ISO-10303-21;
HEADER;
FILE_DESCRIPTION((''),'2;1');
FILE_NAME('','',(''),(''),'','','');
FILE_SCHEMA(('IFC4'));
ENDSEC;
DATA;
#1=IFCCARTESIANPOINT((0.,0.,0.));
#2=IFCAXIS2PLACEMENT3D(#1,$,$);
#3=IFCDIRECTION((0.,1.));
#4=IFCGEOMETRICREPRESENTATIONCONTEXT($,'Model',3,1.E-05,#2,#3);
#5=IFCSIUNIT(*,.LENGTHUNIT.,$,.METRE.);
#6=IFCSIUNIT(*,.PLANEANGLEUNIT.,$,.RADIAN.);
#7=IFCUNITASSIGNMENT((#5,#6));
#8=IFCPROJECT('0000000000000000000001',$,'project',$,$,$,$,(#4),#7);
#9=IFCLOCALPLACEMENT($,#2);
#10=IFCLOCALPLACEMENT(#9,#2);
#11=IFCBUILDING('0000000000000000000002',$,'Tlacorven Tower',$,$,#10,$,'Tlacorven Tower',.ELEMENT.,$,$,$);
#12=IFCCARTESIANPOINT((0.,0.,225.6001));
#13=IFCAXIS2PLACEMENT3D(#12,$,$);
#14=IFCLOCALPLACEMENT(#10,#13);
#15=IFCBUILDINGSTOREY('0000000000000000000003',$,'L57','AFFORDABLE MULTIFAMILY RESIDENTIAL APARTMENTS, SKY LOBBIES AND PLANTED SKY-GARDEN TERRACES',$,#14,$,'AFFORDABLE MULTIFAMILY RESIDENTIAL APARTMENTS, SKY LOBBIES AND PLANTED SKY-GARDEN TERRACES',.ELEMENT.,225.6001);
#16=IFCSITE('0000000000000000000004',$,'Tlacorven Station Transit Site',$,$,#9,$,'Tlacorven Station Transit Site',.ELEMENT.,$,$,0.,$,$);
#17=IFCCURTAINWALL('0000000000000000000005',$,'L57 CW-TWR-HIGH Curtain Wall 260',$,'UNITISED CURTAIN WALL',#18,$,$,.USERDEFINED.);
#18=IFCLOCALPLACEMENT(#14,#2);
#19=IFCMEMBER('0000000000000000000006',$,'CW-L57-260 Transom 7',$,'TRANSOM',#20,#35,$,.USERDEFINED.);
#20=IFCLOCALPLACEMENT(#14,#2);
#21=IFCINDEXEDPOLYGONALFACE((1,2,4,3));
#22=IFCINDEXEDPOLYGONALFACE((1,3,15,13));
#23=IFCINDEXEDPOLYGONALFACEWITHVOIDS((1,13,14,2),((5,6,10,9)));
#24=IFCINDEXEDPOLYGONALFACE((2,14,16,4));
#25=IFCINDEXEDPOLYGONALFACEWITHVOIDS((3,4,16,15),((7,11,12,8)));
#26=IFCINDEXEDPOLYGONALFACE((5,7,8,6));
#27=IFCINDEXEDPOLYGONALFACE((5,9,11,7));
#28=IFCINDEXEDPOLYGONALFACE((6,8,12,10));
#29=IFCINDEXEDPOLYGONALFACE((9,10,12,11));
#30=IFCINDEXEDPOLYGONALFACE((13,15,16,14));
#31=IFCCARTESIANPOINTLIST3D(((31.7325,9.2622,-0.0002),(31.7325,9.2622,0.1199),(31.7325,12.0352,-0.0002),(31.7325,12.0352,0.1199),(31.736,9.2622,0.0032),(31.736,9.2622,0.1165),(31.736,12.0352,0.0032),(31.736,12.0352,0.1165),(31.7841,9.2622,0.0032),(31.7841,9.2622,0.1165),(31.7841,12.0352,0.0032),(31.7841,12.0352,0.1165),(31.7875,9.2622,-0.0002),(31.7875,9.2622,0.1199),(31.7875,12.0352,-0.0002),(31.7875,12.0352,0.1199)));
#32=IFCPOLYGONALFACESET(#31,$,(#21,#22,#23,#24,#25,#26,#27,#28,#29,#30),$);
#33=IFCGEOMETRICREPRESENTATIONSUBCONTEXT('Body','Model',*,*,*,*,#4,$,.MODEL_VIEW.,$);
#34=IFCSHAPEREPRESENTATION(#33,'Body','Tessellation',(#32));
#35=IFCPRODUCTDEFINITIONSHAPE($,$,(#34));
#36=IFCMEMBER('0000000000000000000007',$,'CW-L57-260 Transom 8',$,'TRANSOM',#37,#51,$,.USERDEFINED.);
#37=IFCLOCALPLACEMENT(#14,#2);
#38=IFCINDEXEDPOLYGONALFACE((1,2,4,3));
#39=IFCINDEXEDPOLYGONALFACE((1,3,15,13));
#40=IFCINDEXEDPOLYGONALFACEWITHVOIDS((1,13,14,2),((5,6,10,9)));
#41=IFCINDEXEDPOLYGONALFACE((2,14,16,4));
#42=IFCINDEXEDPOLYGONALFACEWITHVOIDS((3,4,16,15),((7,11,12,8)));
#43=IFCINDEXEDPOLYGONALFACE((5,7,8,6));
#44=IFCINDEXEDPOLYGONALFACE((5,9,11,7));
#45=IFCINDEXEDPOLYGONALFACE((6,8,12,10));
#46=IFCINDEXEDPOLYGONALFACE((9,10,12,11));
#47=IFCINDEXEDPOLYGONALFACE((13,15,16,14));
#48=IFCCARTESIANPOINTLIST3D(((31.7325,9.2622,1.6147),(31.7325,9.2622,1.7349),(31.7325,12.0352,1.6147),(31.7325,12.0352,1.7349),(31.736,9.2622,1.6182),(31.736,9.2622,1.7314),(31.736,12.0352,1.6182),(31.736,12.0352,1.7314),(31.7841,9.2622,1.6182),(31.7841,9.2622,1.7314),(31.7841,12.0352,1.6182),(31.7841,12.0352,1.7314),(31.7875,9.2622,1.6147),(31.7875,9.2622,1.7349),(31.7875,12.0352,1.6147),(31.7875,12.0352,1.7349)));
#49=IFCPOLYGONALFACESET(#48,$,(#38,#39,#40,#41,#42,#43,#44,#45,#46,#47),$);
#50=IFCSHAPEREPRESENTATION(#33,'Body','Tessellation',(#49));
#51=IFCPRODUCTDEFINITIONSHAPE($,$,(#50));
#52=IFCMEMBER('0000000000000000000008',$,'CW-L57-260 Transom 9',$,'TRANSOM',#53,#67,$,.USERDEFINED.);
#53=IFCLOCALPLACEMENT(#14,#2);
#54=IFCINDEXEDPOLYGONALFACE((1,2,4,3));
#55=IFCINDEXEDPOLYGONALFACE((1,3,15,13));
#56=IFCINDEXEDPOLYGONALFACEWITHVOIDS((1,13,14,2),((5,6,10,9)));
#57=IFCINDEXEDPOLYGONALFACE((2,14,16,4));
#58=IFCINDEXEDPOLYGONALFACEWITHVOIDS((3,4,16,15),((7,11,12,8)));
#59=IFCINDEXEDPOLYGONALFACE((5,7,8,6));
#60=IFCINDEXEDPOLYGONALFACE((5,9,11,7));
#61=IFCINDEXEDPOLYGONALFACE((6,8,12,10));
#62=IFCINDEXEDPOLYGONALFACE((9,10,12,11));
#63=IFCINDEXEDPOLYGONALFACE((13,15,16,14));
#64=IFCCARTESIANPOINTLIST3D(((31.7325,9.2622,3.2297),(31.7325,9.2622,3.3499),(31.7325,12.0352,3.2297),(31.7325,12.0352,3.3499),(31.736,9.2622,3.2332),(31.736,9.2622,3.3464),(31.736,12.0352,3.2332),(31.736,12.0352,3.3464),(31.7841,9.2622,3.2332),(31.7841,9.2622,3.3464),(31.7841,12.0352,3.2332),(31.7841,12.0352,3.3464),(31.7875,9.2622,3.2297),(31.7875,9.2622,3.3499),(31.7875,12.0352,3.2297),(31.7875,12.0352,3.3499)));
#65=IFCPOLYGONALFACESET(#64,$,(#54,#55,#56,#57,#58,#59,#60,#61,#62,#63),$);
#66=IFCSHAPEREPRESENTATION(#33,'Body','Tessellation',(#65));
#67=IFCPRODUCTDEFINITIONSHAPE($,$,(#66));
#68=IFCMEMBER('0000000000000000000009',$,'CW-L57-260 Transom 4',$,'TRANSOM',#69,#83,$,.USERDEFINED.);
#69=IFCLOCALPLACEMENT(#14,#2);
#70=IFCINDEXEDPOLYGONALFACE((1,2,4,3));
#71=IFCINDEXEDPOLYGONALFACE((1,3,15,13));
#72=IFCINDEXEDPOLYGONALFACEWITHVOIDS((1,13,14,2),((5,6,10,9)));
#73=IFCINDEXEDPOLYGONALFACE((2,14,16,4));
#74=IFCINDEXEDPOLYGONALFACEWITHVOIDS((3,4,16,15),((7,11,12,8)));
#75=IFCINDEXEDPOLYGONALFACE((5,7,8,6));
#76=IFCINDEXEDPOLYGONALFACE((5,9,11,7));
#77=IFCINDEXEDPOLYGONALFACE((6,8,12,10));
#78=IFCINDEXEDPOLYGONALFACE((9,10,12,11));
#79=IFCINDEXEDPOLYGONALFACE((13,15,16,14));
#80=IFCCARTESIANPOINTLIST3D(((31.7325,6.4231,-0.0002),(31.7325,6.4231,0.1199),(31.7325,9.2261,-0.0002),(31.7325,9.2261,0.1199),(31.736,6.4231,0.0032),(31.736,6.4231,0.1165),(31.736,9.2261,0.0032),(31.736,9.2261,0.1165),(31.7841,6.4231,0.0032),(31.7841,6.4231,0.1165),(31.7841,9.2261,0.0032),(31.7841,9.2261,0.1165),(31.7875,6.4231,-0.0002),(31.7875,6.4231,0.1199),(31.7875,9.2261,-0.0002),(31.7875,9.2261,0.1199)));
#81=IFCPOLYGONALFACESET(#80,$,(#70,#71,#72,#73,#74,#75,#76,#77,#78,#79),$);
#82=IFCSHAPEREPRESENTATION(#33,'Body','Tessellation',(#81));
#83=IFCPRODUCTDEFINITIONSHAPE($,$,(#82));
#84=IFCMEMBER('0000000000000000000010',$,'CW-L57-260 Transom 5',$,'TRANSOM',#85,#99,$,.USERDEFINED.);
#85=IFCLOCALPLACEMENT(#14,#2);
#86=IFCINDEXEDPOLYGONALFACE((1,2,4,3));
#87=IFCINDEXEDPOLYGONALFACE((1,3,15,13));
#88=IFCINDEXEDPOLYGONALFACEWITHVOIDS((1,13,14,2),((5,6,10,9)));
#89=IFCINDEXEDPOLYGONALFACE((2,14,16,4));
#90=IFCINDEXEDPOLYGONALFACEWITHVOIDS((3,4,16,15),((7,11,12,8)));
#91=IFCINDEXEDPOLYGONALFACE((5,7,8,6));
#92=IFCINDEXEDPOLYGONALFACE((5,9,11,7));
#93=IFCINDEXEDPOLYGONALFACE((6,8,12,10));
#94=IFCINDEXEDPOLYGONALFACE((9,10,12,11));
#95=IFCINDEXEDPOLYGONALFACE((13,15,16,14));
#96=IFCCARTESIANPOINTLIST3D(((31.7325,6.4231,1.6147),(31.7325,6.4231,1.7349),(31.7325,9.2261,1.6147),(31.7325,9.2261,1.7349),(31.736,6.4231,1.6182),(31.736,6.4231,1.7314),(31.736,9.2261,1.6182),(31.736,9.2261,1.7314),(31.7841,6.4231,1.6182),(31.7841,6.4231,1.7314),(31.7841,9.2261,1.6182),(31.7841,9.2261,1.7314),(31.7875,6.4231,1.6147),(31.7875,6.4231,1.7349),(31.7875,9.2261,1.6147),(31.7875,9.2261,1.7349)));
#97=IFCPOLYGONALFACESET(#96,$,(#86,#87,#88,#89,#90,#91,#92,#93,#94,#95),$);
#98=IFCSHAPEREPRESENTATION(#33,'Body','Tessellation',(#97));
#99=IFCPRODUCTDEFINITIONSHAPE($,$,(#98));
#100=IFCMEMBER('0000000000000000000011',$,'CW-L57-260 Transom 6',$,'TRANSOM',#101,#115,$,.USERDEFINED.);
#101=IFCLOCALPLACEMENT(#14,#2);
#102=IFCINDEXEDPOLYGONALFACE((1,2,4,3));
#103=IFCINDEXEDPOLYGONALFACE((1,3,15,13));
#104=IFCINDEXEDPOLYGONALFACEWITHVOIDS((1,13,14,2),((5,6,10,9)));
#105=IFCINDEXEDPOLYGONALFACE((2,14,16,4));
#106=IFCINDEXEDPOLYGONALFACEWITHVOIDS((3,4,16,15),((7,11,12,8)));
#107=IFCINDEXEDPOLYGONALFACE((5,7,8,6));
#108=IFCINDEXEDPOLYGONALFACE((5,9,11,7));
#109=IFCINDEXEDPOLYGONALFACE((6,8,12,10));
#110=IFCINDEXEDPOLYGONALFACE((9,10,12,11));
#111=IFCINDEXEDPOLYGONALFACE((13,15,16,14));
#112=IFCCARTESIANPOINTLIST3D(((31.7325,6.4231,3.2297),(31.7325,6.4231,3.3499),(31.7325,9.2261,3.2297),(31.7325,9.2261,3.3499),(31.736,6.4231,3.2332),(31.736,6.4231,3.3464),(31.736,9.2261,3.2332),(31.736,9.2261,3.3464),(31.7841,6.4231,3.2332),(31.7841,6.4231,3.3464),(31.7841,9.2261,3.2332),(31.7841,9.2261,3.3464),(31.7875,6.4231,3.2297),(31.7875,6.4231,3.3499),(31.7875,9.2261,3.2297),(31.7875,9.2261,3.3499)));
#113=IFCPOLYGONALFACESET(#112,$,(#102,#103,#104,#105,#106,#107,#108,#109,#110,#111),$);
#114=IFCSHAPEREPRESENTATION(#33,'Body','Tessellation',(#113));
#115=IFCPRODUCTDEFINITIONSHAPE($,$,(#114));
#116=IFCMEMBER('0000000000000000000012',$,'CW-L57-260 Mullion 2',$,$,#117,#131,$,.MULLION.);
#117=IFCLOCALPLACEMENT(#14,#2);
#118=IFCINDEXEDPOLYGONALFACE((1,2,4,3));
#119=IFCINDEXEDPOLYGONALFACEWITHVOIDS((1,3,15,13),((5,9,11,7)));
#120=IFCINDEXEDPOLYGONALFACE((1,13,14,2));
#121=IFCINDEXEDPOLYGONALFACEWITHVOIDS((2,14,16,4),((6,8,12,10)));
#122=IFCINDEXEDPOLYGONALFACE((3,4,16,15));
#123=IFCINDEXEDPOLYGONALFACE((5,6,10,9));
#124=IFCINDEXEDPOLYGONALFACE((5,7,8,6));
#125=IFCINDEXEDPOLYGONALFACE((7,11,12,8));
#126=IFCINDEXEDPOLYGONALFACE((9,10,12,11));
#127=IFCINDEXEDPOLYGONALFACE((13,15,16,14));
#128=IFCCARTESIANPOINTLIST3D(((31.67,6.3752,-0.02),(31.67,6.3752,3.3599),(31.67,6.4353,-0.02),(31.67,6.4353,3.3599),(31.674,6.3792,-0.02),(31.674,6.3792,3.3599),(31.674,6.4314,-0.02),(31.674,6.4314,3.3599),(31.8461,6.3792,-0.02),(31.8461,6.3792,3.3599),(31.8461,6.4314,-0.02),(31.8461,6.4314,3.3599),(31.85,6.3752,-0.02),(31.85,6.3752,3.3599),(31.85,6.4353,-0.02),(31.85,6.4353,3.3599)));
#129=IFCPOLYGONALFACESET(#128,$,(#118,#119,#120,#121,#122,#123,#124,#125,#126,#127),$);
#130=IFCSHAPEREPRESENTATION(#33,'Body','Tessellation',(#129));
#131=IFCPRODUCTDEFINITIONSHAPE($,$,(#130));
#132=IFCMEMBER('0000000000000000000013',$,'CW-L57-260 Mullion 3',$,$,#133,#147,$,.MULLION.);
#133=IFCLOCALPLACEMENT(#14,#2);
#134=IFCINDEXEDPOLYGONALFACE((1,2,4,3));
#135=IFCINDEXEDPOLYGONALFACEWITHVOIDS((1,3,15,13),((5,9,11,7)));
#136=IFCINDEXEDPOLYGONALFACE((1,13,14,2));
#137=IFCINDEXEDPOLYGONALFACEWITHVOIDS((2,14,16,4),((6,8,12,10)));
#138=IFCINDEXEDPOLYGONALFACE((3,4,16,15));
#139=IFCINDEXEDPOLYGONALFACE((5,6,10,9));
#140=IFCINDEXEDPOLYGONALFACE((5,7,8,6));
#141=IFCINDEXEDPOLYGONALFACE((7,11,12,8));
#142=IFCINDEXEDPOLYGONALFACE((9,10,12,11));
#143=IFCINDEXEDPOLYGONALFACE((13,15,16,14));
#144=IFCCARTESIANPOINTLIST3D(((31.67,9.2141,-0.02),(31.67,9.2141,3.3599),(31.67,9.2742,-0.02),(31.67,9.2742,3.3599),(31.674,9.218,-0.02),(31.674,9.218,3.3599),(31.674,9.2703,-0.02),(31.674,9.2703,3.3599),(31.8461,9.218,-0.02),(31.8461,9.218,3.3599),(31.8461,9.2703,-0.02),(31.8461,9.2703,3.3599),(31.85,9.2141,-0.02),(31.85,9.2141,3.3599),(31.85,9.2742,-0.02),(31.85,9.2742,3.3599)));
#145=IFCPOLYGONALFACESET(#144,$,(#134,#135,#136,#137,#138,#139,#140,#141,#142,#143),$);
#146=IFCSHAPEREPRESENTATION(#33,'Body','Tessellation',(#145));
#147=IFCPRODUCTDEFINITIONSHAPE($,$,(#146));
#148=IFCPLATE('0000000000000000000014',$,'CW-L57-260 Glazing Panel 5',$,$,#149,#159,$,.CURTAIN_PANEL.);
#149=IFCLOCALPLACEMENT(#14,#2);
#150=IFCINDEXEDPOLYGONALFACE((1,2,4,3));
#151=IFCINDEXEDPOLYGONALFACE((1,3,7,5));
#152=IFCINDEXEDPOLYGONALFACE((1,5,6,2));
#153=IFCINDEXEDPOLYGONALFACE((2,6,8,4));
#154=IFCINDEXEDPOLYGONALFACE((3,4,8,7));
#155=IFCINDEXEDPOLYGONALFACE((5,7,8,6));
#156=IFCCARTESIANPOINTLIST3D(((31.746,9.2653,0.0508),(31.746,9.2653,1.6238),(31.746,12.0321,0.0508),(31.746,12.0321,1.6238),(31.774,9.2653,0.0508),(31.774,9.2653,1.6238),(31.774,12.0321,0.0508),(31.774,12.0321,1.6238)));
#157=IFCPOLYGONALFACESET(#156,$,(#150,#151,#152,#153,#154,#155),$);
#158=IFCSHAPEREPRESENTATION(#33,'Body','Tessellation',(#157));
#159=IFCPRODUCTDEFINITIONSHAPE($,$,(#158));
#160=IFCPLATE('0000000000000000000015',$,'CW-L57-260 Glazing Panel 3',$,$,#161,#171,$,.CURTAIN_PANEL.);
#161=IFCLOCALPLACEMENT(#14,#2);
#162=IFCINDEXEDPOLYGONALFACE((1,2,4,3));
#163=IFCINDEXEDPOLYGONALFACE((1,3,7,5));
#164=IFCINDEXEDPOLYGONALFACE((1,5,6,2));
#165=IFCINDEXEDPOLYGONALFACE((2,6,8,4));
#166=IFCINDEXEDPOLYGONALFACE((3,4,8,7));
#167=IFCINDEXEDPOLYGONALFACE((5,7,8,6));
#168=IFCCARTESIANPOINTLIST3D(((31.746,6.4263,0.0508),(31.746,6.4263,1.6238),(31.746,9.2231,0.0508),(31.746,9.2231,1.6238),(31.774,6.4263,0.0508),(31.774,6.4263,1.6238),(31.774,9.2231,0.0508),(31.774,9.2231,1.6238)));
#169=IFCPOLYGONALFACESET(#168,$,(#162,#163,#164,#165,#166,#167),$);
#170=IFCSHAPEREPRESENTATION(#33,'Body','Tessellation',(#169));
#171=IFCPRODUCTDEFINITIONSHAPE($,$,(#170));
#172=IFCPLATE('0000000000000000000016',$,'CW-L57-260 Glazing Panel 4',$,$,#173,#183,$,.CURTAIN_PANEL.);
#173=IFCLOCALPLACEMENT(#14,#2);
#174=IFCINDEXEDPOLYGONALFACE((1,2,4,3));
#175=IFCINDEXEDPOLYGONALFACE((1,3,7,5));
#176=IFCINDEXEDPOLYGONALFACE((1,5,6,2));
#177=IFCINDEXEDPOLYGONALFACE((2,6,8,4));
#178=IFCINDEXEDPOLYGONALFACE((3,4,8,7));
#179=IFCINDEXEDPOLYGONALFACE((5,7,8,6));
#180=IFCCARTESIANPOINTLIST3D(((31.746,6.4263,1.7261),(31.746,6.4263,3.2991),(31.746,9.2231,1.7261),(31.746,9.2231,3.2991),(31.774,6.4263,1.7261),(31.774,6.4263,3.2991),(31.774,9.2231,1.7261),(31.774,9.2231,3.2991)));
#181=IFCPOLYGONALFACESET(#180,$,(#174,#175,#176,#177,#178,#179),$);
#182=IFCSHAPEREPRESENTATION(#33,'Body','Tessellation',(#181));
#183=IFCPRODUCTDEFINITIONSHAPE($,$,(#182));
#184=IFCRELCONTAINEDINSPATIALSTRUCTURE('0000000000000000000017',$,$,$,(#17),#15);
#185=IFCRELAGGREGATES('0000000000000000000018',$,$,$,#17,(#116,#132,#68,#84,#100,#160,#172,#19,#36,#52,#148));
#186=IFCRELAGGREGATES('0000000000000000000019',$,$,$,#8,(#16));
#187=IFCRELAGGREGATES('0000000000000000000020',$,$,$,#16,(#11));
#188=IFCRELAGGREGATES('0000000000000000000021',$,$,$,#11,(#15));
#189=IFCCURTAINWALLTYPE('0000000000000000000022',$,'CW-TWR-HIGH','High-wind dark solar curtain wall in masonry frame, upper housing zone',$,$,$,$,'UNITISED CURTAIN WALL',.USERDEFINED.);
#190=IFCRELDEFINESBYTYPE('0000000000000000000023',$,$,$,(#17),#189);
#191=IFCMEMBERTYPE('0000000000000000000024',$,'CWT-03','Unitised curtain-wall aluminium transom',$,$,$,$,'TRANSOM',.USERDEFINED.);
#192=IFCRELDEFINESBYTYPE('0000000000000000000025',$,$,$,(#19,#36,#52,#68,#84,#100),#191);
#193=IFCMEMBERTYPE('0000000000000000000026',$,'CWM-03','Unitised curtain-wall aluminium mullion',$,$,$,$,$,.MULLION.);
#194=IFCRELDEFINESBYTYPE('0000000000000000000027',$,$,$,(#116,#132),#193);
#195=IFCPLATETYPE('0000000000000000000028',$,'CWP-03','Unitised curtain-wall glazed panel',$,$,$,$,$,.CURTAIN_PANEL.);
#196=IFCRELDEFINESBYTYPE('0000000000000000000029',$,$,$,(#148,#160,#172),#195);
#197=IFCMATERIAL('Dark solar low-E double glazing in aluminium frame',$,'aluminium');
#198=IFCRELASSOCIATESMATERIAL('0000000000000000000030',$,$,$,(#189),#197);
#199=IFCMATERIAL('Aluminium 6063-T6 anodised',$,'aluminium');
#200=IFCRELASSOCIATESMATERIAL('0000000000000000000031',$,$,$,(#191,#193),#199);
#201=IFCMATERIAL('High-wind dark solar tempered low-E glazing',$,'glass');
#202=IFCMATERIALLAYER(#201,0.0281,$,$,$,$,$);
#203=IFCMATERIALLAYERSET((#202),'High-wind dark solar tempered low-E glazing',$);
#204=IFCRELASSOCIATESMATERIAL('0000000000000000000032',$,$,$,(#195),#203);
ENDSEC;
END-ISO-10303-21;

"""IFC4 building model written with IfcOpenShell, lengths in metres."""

from ifc_helpers import new_model, si_unit, direction, frame, origin, origin_2d, place, context, subcontext, project, spatial, rectangle, hollow_rectangle, extrude, source, transform, mapped, material, layer, layer_set, material_profile, profile_set, type_object, element, aggregate, save


model = new_model("IFC4")

# Units and contexts
model_context = context("Model", 3, precision=1e-05, world=origin(), true_north=direction((0.0, 1.0)))
body_context = subcontext(model_context, "Body", "Model", "MODEL_VIEW")
ifc_project = project(units=[si_unit("LENGTHUNIT", "METRE"), si_unit("PLANEANGLEUNIT", "RADIAN")], contexts=[model_context])

# Site, building, storey
site_placement = place(None, origin())
site = spatial("IfcSite", under=ifc_project, at=site_placement, Name="Tlacorven Station Transit Site", LongName="Tlacorven Station Transit Site", CompositionType="ELEMENT", RefElevation=0.0)
building_placement = place(site_placement, origin())
building = spatial("IfcBuilding", under=site, at=building_placement, Name="Tlacorven Tower", LongName="Tlacorven Tower", CompositionType="ELEMENT")
storey_placement = place(building_placement, frame((0.0, 0.0, 225.6001)))
storey = spatial("IfcBuildingStorey", under=building, at=storey_placement, Name="L57", Description="AFFORDABLE MULTIFAMILY RESIDENTIAL APARTMENTS, SKY LOBBIES AND PLANTED SKY-GARDEN TERRACES", LongName="AFFORDABLE MULTIFAMILY RESIDENTIAL APARTMENTS, SKY LOBBIES AND PLANTED SKY-GARDEN TERRACES", CompositionType="ELEMENT", Elevation=225.6001)

# Curtain wall, members, plates
ifc_material_1 = material(Name="Dark solar low-E double glazing in aluminium frame", Category="aluminium")
curtain_wall_type = type_object("IfcCurtainWallType", Name="CW-TWR-HIGH", Description="High-wind dark solar curtain wall in masonry frame, upper housing zone", ElementType="UNITISED CURTAIN WALL", PredefinedType="USERDEFINED", material=ifc_material_1)
curtain_wall_placement = place(storey_placement, origin())
curtain_wall = element("IfcCurtainWall", 1, at=curtain_wall_placement, inside=storey, type_object=curtain_wall_type, Name="L57 CW-TWR-HIGH Curtain Wall 260", ObjectType="UNITISED CURTAIN WALL", PredefinedType="USERDEFINED")
ifc_material_2 = material(Name="Aluminium 6063-T6 anodised", Category="aluminium")
ifc_material_profile_1 = material_profile(ifc_material_2, hollow_rectangle(XDim=0.0549, YDim=0.1201, WallThickness=0.0034, at=origin_2d()), Name="ALU TRANSOM 55X120")
ifc_profile_set_1 = profile_set([ifc_material_profile_1], Name="Aluminium 6063-T6 anodised")
member_type_1 = type_object("IfcMemberType", Name="CWT-03", Description="Unitised curtain-wall aluminium transom", ElementType="TRANSOM", PredefinedType="USERDEFINED", material=ifc_profile_set_1)
shared_shape_1 = source(origin(), body_context, "Body", "SweptSolid", [
    extrude(hollow_rectangle(XDim=0.0549, YDim=0.1201, WallThickness=0.0034, at=origin_2d()), origin(), (0.0, 0.0, 1.0), 2.7729),
])
member_1_placement = place(storey_placement, frame((31.76, 9.2622, 0.0598), z_axis=(0.0, 1.0, 0.0), x_axis=(-1.0, 0.0, 0.0)))
member_1 = element("IfcMember", 2, at=member_1_placement, type_object=member_type_1, Name="CW-L57-260 Transom 7", ObjectType="TRANSOM", PredefinedType="USERDEFINED", context=body_context, shape_type="MappedRepresentation", body=[
    mapped(shared_shape_1, transform((0.0, 0.0, 0.0), scale=1.0)),
])
member_2_placement = place(storey_placement, frame((31.76, 9.2622, 1.6748), z_axis=(0.0, 1.0, 0.0), x_axis=(-1.0, 0.0, 0.0)))
member_2 = element("IfcMember", 3, at=member_2_placement, type_object=member_type_1, Name="CW-L57-260 Transom 8", ObjectType="TRANSOM", PredefinedType="USERDEFINED", context=body_context, shape_type="MappedRepresentation", body=[
    mapped(shared_shape_1, transform((0.0, 0.0, 0.0), scale=1.0)),
])
member_3_placement = place(storey_placement, frame((31.76, 9.2622, 3.2898), z_axis=(0.0, 1.0, 0.0), x_axis=(-1.0, 0.0, 0.0)))
member_3 = element("IfcMember", 4, at=member_3_placement, type_object=member_type_1, Name="CW-L57-260 Transom 9", ObjectType="TRANSOM", PredefinedType="USERDEFINED", context=body_context, shape_type="MappedRepresentation", body=[
    mapped(shared_shape_1, transform((0.0, 0.0, 0.0), scale=1.0)),
])
shared_shape_2 = source(origin(), body_context, "Body", "SweptSolid", [
    extrude(hollow_rectangle(XDim=0.0549, YDim=0.1201, WallThickness=0.0034, at=origin_2d()), origin(), (0.0, 0.0, 1.0), 2.803),
])
member_4_placement = place(storey_placement, frame((31.76, 6.4231, 0.0598), z_axis=(0.0, 1.0, 0.0), x_axis=(-1.0, 0.0, 0.0)))
member_4 = element("IfcMember", 5, at=member_4_placement, type_object=member_type_1, Name="CW-L57-260 Transom 4", ObjectType="TRANSOM", PredefinedType="USERDEFINED", context=body_context, shape_type="MappedRepresentation", body=[
    mapped(shared_shape_2, transform((0.0, 0.0, 0.0), scale=1.0)),
])
member_5_placement = place(storey_placement, frame((31.76, 6.4231, 1.6748), z_axis=(0.0, 1.0, 0.0), x_axis=(-1.0, 0.0, 0.0)))
member_5 = element("IfcMember", 6, at=member_5_placement, type_object=member_type_1, Name="CW-L57-260 Transom 5", ObjectType="TRANSOM", PredefinedType="USERDEFINED", context=body_context, shape_type="MappedRepresentation", body=[
    mapped(shared_shape_2, transform((0.0, 0.0, 0.0), scale=1.0)),
])
member_6_placement = place(storey_placement, frame((31.76, 6.4231, 3.2898), z_axis=(0.0, 1.0, 0.0), x_axis=(-1.0, 0.0, 0.0)))
member_6 = element("IfcMember", 7, at=member_6_placement, type_object=member_type_1, Name="CW-L57-260 Transom 6", ObjectType="TRANSOM", PredefinedType="USERDEFINED", context=body_context, shape_type="MappedRepresentation", body=[
    mapped(shared_shape_2, transform((0.0, 0.0, 0.0), scale=1.0)),
])
ifc_material_profile_2 = material_profile(ifc_material_2, hollow_rectangle(XDim=0.0601, YDim=0.1799, WallThickness=0.0039, at=origin_2d()), Name="ALU MULLION 60X180")
ifc_profile_set_2 = profile_set([ifc_material_profile_2], Name="Aluminium 6063-T6 anodised")
member_type_2 = type_object("IfcMemberType", Name="CWM-03", Description="Unitised curtain-wall aluminium mullion", PredefinedType="MULLION", material=ifc_profile_set_2)
shared_shape_3 = source(origin(), body_context, "Body", "SweptSolid", [
    extrude(hollow_rectangle(XDim=0.0601, YDim=0.1799, WallThickness=0.0039, at=origin_2d()), origin(), (0.0, 0.0, 1.0), 3.3799),
])
member_7_placement = place(storey_placement, frame((31.76, 6.4053, -0.02), z_axis=(0.0, 0.0, 1.0), x_axis=(0.0, 1.0, 0.0)))
member_7 = element("IfcMember", 8, at=member_7_placement, type_object=member_type_2, Name="CW-L57-260 Mullion 2", PredefinedType="MULLION", context=body_context, shape_type="MappedRepresentation", body=[
    mapped(shared_shape_3, transform((0.0, 0.0, 0.0), scale=1.0)),
])
member_8_placement = place(storey_placement, frame((31.76, 9.2441, -0.02), z_axis=(0.0, 0.0, 1.0), x_axis=(0.0, 1.0, 0.0)))
member_8 = element("IfcMember", 9, at=member_8_placement, type_object=member_type_2, Name="CW-L57-260 Mullion 3", PredefinedType="MULLION", context=body_context, shape_type="MappedRepresentation", body=[
    mapped(shared_shape_3, transform((0.0, 0.0, 0.0), scale=1.0)),
])
ifc_material_3 = material(Name="High-wind dark solar tempered low-E glazing", Category="glass")
ifc_layer = layer(ifc_material_3, 0.0281)
ifc_layer_set = layer_set([ifc_layer], Name="High-wind dark solar tempered low-E glazing")
plate_type = type_object("IfcPlateType", Name="CWP-03", Description="Unitised curtain-wall glazed panel", PredefinedType="CURTAIN_PANEL", material=ifc_layer_set)
shared_shape_4 = source(origin(), body_context, "Body", "SweptSolid", [
    extrude(rectangle(XDim=2.7668, YDim=0.0281, at=origin_2d()), origin(), (0.0, 0.0, 1.0), 1.573),
])
plate_1_placement = place(storey_placement, frame((31.76, 10.6487, 0.0508), z_axis=(0.0, 0.0, 1.0), x_axis=(0.0, 1.0, 0.0)))
plate_1 = element("IfcPlate", 10, at=plate_1_placement, type_object=plate_type, Name="CW-L57-260 Glazing Panel 5", PredefinedType="CURTAIN_PANEL", context=body_context, shape_type="MappedRepresentation", body=[
    mapped(shared_shape_4, transform((0.0, 0.0, 0.0), scale=1.0)),
])
shared_shape_5 = source(origin(), body_context, "Body", "SweptSolid", [
    extrude(rectangle(XDim=2.7969, YDim=0.0281, at=origin_2d()), origin(), (0.0, 0.0, 1.0), 1.573),
])
plate_2_placement = place(storey_placement, frame((31.76, 7.8247, 0.0508), z_axis=(0.0, 0.0, 1.0), x_axis=(0.0, 1.0, 0.0)))
plate_2 = element("IfcPlate", 11, at=plate_2_placement, type_object=plate_type, Name="CW-L57-260 Glazing Panel 3", PredefinedType="CURTAIN_PANEL", context=body_context, shape_type="MappedRepresentation", body=[
    mapped(shared_shape_5, transform((0.0, 0.0, 0.0), scale=1.0)),
])
plate_3_placement = place(storey_placement, frame((31.76, 7.8247, 1.7261), z_axis=(0.0, 0.0, 1.0), x_axis=(0.0, 1.0, 0.0)))
plate_3 = element("IfcPlate", 12, at=plate_3_placement, type_object=plate_type, Name="CW-L57-260 Glazing Panel 4", PredefinedType="CURTAIN_PANEL", context=body_context, shape_type="MappedRepresentation", body=[
    mapped(shared_shape_5, transform((0.0, 0.0, 0.0), scale=1.0)),
])
aggregate(curtain_wall, [member_7, member_8, member_4, member_5, member_6, plate_2, plate_3, member_1, member_2, member_3, plate_1])

save(model, "model.ifc")
